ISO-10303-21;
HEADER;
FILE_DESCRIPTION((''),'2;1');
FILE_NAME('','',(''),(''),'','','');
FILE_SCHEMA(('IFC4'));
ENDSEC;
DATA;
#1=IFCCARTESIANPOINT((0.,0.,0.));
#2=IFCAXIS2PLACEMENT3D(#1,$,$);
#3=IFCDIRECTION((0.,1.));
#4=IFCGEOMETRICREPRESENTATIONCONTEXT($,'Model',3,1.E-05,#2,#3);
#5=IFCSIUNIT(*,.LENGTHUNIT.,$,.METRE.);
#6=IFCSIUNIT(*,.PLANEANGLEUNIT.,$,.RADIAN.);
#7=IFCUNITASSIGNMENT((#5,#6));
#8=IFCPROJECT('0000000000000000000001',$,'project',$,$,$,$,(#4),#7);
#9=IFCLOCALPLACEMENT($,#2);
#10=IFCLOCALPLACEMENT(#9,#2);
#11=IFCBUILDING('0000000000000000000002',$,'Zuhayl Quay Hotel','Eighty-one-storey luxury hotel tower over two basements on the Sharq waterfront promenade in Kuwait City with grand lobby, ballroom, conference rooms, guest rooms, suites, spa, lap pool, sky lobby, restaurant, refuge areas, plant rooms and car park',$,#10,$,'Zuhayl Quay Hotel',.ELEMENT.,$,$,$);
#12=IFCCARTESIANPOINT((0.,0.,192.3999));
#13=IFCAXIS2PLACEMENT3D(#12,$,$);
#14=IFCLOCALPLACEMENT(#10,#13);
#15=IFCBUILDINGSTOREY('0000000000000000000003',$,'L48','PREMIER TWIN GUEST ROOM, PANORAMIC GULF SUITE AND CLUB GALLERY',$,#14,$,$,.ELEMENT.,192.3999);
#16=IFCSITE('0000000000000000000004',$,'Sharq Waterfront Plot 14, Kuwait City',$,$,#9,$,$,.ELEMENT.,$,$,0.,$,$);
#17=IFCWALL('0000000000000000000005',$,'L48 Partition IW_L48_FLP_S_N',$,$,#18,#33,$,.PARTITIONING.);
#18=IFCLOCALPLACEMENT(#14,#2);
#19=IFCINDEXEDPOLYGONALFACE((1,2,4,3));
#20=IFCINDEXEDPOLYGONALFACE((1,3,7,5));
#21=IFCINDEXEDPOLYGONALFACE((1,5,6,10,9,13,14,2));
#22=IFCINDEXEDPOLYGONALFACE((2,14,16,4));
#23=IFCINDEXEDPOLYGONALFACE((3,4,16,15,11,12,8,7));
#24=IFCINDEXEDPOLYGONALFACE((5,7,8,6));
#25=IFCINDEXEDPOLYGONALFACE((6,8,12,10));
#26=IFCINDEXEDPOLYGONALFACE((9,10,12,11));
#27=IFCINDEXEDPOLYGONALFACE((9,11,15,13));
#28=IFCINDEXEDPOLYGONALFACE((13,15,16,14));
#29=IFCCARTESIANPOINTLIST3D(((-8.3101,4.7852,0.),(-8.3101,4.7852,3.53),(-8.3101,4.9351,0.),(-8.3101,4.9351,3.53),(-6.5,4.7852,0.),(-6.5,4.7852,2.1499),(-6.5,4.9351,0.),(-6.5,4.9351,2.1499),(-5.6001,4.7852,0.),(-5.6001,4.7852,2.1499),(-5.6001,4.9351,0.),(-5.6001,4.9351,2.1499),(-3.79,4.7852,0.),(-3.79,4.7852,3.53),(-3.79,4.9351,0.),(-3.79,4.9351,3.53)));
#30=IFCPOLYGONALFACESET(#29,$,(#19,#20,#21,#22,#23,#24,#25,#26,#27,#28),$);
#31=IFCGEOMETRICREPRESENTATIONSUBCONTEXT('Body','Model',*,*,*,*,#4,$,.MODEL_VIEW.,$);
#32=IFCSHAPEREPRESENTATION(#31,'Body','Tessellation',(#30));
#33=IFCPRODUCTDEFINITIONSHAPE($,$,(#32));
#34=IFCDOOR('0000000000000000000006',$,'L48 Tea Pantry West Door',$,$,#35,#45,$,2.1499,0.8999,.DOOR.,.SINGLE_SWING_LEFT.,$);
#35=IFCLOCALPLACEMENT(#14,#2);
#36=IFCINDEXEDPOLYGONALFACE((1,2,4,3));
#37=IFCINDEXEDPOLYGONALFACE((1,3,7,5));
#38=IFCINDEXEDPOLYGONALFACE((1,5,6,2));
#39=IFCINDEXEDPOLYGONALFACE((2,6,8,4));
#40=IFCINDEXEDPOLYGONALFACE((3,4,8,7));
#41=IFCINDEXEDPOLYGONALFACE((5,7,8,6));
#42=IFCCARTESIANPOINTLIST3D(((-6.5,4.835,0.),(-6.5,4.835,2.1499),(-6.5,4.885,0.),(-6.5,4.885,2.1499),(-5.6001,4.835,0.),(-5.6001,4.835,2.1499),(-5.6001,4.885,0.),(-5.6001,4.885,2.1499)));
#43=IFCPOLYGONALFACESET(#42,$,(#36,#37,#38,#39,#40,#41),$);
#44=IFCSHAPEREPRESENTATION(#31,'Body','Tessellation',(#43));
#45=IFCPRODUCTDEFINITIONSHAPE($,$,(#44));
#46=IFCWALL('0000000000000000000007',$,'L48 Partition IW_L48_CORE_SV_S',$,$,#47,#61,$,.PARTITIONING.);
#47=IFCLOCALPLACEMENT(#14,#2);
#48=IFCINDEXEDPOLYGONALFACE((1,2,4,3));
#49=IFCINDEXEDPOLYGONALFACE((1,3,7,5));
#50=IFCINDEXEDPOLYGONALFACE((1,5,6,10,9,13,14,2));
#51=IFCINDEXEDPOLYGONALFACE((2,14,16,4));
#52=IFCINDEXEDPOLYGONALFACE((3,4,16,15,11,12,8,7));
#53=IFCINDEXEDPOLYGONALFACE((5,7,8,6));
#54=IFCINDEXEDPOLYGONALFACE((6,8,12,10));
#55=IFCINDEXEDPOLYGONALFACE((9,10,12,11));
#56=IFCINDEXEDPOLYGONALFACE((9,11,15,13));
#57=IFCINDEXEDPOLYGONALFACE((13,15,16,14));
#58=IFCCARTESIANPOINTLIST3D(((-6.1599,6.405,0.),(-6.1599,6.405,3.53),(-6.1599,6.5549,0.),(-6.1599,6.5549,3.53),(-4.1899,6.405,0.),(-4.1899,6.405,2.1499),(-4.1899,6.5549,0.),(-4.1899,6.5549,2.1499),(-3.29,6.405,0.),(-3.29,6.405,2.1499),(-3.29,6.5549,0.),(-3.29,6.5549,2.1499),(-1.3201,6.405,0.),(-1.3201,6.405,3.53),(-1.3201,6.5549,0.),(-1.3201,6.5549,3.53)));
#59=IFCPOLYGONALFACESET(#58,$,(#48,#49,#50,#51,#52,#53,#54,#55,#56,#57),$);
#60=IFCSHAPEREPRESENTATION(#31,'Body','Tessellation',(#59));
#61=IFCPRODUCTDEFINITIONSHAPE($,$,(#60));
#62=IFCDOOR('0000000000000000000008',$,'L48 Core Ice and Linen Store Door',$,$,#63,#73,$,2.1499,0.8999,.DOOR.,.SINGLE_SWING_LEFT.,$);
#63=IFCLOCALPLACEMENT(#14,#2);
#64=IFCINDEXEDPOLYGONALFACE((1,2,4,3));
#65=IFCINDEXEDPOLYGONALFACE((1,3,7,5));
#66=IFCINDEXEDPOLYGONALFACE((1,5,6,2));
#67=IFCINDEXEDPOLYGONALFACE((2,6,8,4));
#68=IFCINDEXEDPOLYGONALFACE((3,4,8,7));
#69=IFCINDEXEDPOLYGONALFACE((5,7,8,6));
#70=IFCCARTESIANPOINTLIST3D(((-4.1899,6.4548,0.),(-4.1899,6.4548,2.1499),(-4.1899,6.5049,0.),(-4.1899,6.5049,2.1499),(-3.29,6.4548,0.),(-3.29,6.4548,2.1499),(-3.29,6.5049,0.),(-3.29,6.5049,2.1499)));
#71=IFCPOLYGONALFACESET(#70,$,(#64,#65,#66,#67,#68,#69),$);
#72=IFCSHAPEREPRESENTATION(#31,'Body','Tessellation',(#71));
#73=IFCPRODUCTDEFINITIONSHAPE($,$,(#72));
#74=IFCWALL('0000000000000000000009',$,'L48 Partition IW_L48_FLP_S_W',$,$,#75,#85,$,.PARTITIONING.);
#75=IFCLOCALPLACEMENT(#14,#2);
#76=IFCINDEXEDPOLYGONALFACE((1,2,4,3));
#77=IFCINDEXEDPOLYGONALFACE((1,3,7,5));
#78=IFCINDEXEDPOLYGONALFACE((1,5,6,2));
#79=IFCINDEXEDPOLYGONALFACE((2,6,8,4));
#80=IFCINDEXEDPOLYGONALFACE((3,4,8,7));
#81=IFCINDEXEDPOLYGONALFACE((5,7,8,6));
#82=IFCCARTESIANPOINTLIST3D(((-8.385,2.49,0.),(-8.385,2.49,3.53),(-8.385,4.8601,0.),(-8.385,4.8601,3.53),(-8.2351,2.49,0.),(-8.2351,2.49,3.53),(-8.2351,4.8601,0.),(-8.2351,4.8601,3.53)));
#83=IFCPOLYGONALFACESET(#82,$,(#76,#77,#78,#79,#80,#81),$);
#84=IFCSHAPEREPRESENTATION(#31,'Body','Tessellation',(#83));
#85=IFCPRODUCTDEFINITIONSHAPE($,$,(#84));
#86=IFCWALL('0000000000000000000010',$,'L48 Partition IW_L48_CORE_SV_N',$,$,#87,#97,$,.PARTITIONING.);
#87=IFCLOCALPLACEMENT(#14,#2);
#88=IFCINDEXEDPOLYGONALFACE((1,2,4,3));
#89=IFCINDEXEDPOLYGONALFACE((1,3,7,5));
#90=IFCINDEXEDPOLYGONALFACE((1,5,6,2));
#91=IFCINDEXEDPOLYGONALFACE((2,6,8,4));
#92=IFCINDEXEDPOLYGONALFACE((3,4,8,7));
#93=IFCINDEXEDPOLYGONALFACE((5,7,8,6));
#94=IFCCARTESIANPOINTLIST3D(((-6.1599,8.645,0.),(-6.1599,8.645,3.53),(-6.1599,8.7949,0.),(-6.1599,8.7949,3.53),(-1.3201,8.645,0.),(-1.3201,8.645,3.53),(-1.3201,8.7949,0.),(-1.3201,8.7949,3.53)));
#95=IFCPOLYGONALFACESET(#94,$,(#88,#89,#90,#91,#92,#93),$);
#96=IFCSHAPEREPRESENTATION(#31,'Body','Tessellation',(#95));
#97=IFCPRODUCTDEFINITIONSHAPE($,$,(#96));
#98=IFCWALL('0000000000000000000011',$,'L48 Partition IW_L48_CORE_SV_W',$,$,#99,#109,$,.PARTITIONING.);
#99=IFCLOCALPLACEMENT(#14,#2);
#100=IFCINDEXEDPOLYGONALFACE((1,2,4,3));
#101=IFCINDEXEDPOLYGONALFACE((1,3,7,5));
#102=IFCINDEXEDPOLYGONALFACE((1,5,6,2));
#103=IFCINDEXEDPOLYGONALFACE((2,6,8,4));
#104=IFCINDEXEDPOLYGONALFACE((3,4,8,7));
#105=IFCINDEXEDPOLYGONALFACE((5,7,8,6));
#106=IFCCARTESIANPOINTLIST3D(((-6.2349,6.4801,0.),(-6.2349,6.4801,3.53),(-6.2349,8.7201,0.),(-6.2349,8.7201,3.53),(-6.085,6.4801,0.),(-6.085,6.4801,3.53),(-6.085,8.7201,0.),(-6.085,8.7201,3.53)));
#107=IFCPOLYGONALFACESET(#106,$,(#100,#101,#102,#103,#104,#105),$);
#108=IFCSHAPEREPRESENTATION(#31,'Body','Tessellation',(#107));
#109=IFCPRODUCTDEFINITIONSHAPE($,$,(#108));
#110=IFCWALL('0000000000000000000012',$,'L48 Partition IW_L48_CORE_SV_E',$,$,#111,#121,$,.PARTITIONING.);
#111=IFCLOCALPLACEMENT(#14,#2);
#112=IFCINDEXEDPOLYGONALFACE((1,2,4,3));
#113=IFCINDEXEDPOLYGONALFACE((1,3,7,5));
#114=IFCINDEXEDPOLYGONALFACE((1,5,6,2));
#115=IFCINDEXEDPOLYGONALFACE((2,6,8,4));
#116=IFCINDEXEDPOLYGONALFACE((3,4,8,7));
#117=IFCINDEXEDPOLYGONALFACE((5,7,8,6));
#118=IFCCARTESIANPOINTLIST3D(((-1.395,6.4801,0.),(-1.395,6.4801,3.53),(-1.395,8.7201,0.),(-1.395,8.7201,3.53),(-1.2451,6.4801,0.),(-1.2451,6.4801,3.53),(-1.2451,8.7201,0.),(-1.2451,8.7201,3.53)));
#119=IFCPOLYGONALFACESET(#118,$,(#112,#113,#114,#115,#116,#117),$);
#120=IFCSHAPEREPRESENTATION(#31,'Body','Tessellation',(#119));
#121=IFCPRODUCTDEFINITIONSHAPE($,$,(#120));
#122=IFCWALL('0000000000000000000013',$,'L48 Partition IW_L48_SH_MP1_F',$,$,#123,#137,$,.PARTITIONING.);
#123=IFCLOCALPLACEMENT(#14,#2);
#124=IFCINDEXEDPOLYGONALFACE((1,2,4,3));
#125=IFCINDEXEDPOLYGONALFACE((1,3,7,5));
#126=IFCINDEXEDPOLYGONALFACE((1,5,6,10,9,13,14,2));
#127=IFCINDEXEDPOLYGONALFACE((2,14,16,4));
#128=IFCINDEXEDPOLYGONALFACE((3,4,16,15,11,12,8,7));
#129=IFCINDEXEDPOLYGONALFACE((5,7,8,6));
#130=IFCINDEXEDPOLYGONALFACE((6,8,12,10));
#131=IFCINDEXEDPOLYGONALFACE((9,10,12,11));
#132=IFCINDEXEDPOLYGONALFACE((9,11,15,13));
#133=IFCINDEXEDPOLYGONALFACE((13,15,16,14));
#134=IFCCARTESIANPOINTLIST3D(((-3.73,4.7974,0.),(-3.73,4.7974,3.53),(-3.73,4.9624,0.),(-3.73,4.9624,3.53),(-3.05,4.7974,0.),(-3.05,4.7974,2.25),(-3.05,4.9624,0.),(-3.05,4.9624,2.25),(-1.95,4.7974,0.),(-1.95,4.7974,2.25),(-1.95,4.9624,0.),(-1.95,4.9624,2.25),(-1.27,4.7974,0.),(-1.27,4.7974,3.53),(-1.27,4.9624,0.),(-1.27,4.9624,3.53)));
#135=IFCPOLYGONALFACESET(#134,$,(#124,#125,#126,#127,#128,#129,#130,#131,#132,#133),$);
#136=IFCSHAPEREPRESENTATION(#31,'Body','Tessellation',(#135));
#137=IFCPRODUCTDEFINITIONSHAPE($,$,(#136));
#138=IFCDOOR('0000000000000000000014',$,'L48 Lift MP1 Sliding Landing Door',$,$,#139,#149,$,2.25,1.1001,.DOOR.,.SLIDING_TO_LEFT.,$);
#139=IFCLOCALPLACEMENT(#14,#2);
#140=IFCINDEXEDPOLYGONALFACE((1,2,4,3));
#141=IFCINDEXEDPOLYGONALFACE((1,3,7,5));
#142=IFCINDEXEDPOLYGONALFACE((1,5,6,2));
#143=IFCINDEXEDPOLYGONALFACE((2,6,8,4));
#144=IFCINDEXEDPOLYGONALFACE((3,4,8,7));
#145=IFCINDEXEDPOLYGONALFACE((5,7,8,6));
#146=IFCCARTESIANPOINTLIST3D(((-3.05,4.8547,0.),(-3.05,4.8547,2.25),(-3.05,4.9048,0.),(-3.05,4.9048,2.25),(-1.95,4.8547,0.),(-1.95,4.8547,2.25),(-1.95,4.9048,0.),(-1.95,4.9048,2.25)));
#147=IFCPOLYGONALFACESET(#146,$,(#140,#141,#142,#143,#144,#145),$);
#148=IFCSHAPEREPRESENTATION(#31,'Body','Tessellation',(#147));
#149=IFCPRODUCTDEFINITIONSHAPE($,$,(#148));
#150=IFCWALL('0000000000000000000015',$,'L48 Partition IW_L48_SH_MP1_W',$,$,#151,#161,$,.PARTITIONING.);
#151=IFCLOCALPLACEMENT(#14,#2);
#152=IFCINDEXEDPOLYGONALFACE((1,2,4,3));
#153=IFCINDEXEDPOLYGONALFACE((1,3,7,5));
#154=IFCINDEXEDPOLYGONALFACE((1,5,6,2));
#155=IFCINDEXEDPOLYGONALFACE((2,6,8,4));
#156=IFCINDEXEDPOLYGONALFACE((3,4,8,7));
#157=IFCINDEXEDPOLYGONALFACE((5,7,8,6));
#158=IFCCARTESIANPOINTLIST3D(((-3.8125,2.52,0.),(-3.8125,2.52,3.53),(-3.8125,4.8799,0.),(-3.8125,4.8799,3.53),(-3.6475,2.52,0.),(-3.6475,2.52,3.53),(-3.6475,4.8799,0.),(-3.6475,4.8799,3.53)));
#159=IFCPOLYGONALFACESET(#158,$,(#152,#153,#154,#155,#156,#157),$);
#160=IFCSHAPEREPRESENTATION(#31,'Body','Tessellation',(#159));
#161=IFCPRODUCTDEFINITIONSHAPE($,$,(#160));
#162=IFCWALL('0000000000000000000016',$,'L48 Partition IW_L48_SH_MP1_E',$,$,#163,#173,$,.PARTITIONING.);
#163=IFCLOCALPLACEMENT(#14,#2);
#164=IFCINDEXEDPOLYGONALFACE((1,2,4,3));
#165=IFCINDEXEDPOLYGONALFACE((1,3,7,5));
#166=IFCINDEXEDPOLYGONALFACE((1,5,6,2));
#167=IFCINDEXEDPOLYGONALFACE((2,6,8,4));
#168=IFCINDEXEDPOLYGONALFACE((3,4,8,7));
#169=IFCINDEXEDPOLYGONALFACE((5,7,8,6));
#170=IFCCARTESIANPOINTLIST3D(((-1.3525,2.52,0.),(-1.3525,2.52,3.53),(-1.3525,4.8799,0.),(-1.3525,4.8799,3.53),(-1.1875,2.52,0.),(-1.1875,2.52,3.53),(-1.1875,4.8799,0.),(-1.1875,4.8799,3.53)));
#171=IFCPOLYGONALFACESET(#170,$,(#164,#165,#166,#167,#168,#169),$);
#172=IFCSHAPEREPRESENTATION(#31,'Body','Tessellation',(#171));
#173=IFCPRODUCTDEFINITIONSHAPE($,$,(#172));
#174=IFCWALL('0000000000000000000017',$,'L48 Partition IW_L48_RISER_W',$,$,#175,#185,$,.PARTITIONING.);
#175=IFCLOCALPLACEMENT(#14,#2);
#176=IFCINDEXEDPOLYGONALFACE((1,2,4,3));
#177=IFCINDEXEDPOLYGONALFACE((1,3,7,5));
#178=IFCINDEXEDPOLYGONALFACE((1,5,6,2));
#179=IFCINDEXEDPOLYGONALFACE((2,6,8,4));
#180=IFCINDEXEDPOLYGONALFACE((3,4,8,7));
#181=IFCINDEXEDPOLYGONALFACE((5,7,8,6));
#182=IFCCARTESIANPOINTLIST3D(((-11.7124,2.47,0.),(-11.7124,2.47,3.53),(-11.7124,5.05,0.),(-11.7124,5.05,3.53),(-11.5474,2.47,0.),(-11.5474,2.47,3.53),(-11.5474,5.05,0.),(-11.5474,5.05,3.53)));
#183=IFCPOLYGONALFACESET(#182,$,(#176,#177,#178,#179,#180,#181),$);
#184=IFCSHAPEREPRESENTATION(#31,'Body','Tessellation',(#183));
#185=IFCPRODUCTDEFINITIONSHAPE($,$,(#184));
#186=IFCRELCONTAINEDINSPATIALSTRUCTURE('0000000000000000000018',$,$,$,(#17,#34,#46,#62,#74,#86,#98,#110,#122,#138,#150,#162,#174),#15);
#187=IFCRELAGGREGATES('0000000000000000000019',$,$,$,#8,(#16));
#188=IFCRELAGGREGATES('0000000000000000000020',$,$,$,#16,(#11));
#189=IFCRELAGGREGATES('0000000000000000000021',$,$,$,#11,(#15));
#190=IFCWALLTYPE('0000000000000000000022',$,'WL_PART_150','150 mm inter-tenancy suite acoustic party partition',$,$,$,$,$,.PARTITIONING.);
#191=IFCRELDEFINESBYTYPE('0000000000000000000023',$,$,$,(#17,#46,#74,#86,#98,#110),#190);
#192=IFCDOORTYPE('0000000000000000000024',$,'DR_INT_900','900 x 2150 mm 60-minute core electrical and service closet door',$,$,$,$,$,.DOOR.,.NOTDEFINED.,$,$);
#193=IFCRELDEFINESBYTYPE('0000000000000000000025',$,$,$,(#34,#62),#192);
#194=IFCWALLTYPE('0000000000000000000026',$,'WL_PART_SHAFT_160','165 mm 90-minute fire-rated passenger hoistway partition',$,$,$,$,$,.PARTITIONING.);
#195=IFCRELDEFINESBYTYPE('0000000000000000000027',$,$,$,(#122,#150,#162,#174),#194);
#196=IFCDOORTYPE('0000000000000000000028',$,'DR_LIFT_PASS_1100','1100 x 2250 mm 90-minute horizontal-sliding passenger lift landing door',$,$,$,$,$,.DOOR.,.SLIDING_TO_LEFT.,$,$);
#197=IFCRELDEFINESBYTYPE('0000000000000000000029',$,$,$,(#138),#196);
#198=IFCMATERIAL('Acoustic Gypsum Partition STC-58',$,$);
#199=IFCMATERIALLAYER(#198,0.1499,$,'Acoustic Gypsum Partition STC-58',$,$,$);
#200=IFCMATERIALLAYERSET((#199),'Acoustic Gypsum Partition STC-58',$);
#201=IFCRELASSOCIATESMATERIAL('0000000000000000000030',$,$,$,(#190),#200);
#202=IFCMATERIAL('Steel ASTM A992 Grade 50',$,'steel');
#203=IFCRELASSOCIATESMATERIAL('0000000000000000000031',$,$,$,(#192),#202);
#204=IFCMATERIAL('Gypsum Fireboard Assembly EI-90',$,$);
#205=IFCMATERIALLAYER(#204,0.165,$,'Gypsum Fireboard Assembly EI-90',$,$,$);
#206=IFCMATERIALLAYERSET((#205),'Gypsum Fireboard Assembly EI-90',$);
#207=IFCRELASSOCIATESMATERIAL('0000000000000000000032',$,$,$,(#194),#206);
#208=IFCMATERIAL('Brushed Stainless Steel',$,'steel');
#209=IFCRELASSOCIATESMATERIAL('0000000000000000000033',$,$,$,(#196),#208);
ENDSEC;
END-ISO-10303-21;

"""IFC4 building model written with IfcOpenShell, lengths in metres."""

from ifc_helpers import new_model, si_unit, direction, frame, frame_2d, origin, place, context, subcontext, project, spatial, rectangle, extrude, material, layer, layer_set, type_object, element, fill, save


model = new_model("IFC4")

# Units and contexts
model_context = context("Model", 3, precision=1e-05, world=origin(), true_north=direction((0.0, 1.0)))
body_context = subcontext(model_context, "Body", "Model", "MODEL_VIEW")
ifc_project = project(units=[si_unit("LENGTHUNIT", "METRE"), si_unit("PLANEANGLEUNIT", "RADIAN")], contexts=[model_context])

# Site, building, storey
site_placement = place(None, origin())
site = spatial("IfcSite", under=ifc_project, at=site_placement, Name="Sharq Waterfront Plot 14, Kuwait City", CompositionType="ELEMENT", RefElevation=0.0)
building_placement = place(site_placement, origin())
building = spatial("IfcBuilding", under=site, at=building_placement, Name="Zuhayl Quay Hotel", Description="Eighty-one-storey luxury hotel tower over two basements on the Sharq waterfront promenade in Kuwait City with grand lobby, ballroom, conference rooms, guest rooms, suites, spa, lap pool, sky lobby, restaurant, refuge areas, plant rooms and car park", LongName="Zuhayl Quay Hotel", CompositionType="ELEMENT")
storey_placement = place(building_placement, frame((0.0, 0.0, 192.3999)))
storey = spatial("IfcBuildingStorey", under=building, at=storey_placement, Name="L48", Description="PREMIER TWIN GUEST ROOM, PANORAMIC GULF SUITE AND CLUB GALLERY", CompositionType="ELEMENT", Elevation=192.3999)

# Shared definitions
ifc_material_1 = material(Name="Steel ASTM A992 Grade 50", Category="steel")

# Walls, openings, doors
ifc_material_2 = material(Name="Acoustic Gypsum Partition STC-58")
ifc_layer_1 = layer(ifc_material_2, 0.1499, Name="Acoustic Gypsum Partition STC-58")
ifc_layer_set_1 = layer_set([ifc_layer_1], Name="Acoustic Gypsum Partition STC-58")
wall_type_1 = type_object("IfcWallType", Name="WL_PART_150", Description="150 mm inter-tenancy suite acoustic party partition", PredefinedType="PARTITIONING", material=ifc_layer_set_1)
wall_1_placement = place(storey_placement, frame((-8.3101, 4.8601, 0.0), z_axis=(0.0, 0.0, 1.0), x_axis=(1.0, 0.0, 0.0)))
wall_1 = element("IfcWall", 1, at=wall_1_placement, inside=storey, type_object=wall_type_1, Name="L48 Partition IW_L48_FLP_S_N", PredefinedType="PARTITIONING", context=body_context, shape_type="SweptSolid", body=[
    extrude(rectangle(XDim=4.52, YDim=0.1499, at=frame_2d((2.26, 0.0))), origin(), (0.0, 0.0, 1.0), 3.53),
])
opening_1_placement = place(wall_1_placement, frame((1.8101, 0.0, 0.0)))
opening_1 = element("IfcOpeningElement", 2, at=opening_1_placement, cuts=wall_1, PredefinedType="OPENING", context=body_context, shape_type="SweptSolid", body=[
    extrude(rectangle(XDim=0.8999, YDim=2.1499, at=frame_2d((0.45, 1.075))), frame((0.0, 0.085, 0.0), z_axis=(0.0, -1.0, 0.0), x_axis=(1.0, 0.0, 0.0)), (0.0, 0.0, 1.0), 0.1699),
])
door_type_1 = type_object("IfcDoorType", Name="DR_INT_900", Description="900 x 2150 mm 60-minute core electrical and service closet door", OperationType="NOTDEFINED", PredefinedType="DOOR", material=ifc_material_1)
door_1_placement = place(opening_1_placement, origin())
door_1 = element("IfcDoor", 3, at=door_1_placement, inside=storey, type_object=door_type_1, Name="L48 Tea Pantry West Door", OperationType="SINGLE_SWING_LEFT", OverallHeight=2.1499, OverallWidth=0.8999, PredefinedType="DOOR", context=body_context, shape_type="SweptSolid", body=[
    extrude(rectangle(XDim=0.8999, YDim=2.1499, at=frame_2d((0.45, 1.075))), frame((0.0, 0.0249, 0.0), z_axis=(0.0, -1.0, 0.0), x_axis=(1.0, 0.0, 0.0)), (0.0, 0.0, 1.0), 0.05),
])
fill(opening_1, door_1)
wall_2_placement = place(storey_placement, frame((-6.1599, 6.48, 0.0), z_axis=(0.0, 0.0, 1.0), x_axis=(1.0, 0.0, 0.0)))
wall_2 = element("IfcWall", 4, at=wall_2_placement, inside=storey, type_object=wall_type_1, Name="L48 Partition IW_L48_CORE_SV_S", PredefinedType="PARTITIONING", context=body_context, shape_type="SweptSolid", body=[
    extrude(rectangle(XDim=4.8398, YDim=0.1499, at=frame_2d((2.4199, 0.0))), origin(), (0.0, 0.0, 1.0), 3.53),
])
opening_2_placement = place(wall_2_placement, frame((1.97, 0.0, 0.0)))
opening_2 = element("IfcOpeningElement", 5, at=opening_2_placement, cuts=wall_2, PredefinedType="OPENING", context=body_context, shape_type="SweptSolid", body=[
    extrude(rectangle(XDim=0.8999, YDim=2.1499, at=frame_2d((0.45, 1.075))), frame((0.0, 0.085, 0.0), z_axis=(0.0, -1.0, 0.0), x_axis=(1.0, 0.0, 0.0)), (0.0, 0.0, 1.0), 0.1699),
])
door_2_placement = place(opening_2_placement, origin())
door_2 = element("IfcDoor", 6, at=door_2_placement, inside=storey, type_object=door_type_1, Name="L48 Core Ice and Linen Store Door", OperationType="SINGLE_SWING_LEFT", OverallHeight=2.1499, OverallWidth=0.8999, PredefinedType="DOOR", context=body_context, shape_type="SweptSolid", body=[
    extrude(rectangle(XDim=0.8999, YDim=2.1499, at=frame_2d((0.45, 1.075))), frame((0.0, 0.0249, 0.0), z_axis=(0.0, -1.0, 0.0), x_axis=(1.0, 0.0, 0.0)), (0.0, 0.0, 1.0), 0.05),
])
fill(opening_2, door_2)

# Walls
wall_3_placement = place(storey_placement, frame((-8.3101, 2.49, 0.0), z_axis=(0.0, 0.0, 1.0), x_axis=(0.0, 1.0, 0.0)))
element("IfcWall", 7, at=wall_3_placement, inside=storey, type_object=wall_type_1, Name="L48 Partition IW_L48_FLP_S_W", PredefinedType="PARTITIONING", context=body_context, shape_type="SweptSolid", body=[
    extrude(rectangle(XDim=2.3701, YDim=0.1499, at=frame_2d((1.1851, 0.0))), origin(), (0.0, 0.0, 1.0), 3.53),
])
wall_4_placement = place(storey_placement, frame((-6.1599, 8.72, 0.0), z_axis=(0.0, 0.0, 1.0), x_axis=(1.0, 0.0, 0.0)))
element("IfcWall", 8, at=wall_4_placement, inside=storey, type_object=wall_type_1, Name="L48 Partition IW_L48_CORE_SV_N", PredefinedType="PARTITIONING", context=body_context, shape_type="SweptSolid", body=[
    extrude(rectangle(XDim=4.8398, YDim=0.1499, at=frame_2d((2.4199, 0.0))), origin(), (0.0, 0.0, 1.0), 3.53),
])
for number, where, z_axis, x_axis, name in (
    (9, (-6.1599, 6.48, 0.0), (0.0, 0.0, 1.0), (0.0, 1.0, 0.0), "L48 Partition IW_L48_CORE_SV_W"),
    (10, (-1.3201, 6.48, 0.0), (0.0, 0.0, 1.0), (0.0, 1.0, 0.0), "L48 Partition IW_L48_CORE_SV_E"),
):
    element("IfcWall", number, at=place(storey_placement, frame(where, z_axis=z_axis, x_axis=x_axis)), inside=storey, type_object=wall_type_1, Name=name, PredefinedType="PARTITIONING", context=body_context, shape_type="SweptSolid", body=[
        extrude(rectangle(XDim=2.24, YDim=0.1499, at=frame_2d((1.1201, 0.0))), origin(), (0.0, 0.0, 1.0), 3.53),
    ])

# Wall, opening, door
ifc_material_3 = material(Name="Gypsum Fireboard Assembly EI-90")
ifc_layer_2 = layer(ifc_material_3, 0.165, Name="Gypsum Fireboard Assembly EI-90")
ifc_layer_set_2 = layer_set([ifc_layer_2], Name="Gypsum Fireboard Assembly EI-90")
wall_type_2 = type_object("IfcWallType", Name="WL_PART_SHAFT_160", Description="165 mm 90-minute fire-rated passenger hoistway partition", PredefinedType="PARTITIONING", material=ifc_layer_set_2)
wall_5_placement = place(storey_placement, frame((-3.73, 4.8799, 0.0), z_axis=(0.0, 0.0, 1.0), x_axis=(1.0, 0.0, 0.0)))
wall_5 = element("IfcWall", 11, at=wall_5_placement, inside=storey, type_object=wall_type_2, Name="L48 Partition IW_L48_SH_MP1_F", PredefinedType="PARTITIONING", context=body_context, shape_type="SweptSolid", body=[
    extrude(rectangle(XDim=2.46, YDim=0.165, at=frame_2d((1.23, 0.0))), origin(), (0.0, 0.0, 1.0), 3.53),
])
opening_3_placement = place(wall_5_placement, frame((0.6799, 0.0, 0.0)))
opening_3 = element("IfcOpeningElement", 12, at=opening_3_placement, cuts=wall_5, PredefinedType="OPENING", context=body_context, shape_type="SweptSolid", body=[
    extrude(rectangle(XDim=1.1001, YDim=2.25, at=frame_2d((0.55, 1.125))), frame((0.0, 0.0925, 0.0), z_axis=(0.0, -1.0, 0.0), x_axis=(1.0, 0.0, 0.0)), (0.0, 0.0, 1.0), 0.1851),
])
ifc_material_4 = material(Name="Brushed Stainless Steel", Category="steel")
door_type_2 = type_object("IfcDoorType", Name="DR_LIFT_PASS_1100", Description="1100 x 2250 mm 90-minute horizontal-sliding passenger lift landing door", OperationType="SLIDING_TO_LEFT", PredefinedType="DOOR", material=ifc_material_4)
door_3_placement = place(opening_3_placement, origin())
door_3 = element("IfcDoor", 13, at=door_3_placement, inside=storey, type_object=door_type_2, Name="L48 Lift MP1 Sliding Landing Door", OperationType="SLIDING_TO_LEFT", OverallHeight=2.25, OverallWidth=1.1001, PredefinedType="DOOR", context=body_context, shape_type="SweptSolid", body=[
    extrude(rectangle(XDim=1.1001, YDim=2.25, at=frame_2d((0.55, 1.125))), frame((0.0, 0.0249, 0.0), z_axis=(0.0, -1.0, 0.0), x_axis=(1.0, 0.0, 0.0)), (0.0, 0.0, 1.0), 0.05),
])
fill(opening_3, door_3)

# Walls
for number, where, z_axis, x_axis, name in (
    (14, (-3.73, 2.52, 0.0), (0.0, 0.0, 1.0), (0.0, 1.0, 0.0), "L48 Partition IW_L48_SH_MP1_W"),
    (15, (-1.27, 2.52, 0.0), (0.0, 0.0, 1.0), (0.0, 1.0, 0.0), "L48 Partition IW_L48_SH_MP1_E"),
):
    element("IfcWall", number, at=place(storey_placement, frame(where, z_axis=z_axis, x_axis=x_axis)), inside=storey, type_object=wall_type_2, Name=name, PredefinedType="PARTITIONING", context=body_context, shape_type="SweptSolid", body=[
        extrude(rectangle(XDim=2.3599, YDim=0.165, at=frame_2d((1.1799, 0.0))), origin(), (0.0, 0.0, 1.0), 3.53),
    ])
wall_6_placement = place(storey_placement, frame((-11.6299, 2.47, 0.0), z_axis=(0.0, 0.0, 1.0), x_axis=(0.0, 1.0, 0.0)))
element("IfcWall", 16, at=wall_6_placement, inside=storey, type_object=wall_type_2, Name="L48 Partition IW_L48_RISER_W", PredefinedType="PARTITIONING", context=body_context, shape_type="SweptSolid", body=[
    extrude(rectangle(XDim=2.5801, YDim=0.165, at=frame_2d((1.29, 0.0))), origin(), (0.0, 0.0, 1.0), 3.53),
])

save(model, "model.ifc")
